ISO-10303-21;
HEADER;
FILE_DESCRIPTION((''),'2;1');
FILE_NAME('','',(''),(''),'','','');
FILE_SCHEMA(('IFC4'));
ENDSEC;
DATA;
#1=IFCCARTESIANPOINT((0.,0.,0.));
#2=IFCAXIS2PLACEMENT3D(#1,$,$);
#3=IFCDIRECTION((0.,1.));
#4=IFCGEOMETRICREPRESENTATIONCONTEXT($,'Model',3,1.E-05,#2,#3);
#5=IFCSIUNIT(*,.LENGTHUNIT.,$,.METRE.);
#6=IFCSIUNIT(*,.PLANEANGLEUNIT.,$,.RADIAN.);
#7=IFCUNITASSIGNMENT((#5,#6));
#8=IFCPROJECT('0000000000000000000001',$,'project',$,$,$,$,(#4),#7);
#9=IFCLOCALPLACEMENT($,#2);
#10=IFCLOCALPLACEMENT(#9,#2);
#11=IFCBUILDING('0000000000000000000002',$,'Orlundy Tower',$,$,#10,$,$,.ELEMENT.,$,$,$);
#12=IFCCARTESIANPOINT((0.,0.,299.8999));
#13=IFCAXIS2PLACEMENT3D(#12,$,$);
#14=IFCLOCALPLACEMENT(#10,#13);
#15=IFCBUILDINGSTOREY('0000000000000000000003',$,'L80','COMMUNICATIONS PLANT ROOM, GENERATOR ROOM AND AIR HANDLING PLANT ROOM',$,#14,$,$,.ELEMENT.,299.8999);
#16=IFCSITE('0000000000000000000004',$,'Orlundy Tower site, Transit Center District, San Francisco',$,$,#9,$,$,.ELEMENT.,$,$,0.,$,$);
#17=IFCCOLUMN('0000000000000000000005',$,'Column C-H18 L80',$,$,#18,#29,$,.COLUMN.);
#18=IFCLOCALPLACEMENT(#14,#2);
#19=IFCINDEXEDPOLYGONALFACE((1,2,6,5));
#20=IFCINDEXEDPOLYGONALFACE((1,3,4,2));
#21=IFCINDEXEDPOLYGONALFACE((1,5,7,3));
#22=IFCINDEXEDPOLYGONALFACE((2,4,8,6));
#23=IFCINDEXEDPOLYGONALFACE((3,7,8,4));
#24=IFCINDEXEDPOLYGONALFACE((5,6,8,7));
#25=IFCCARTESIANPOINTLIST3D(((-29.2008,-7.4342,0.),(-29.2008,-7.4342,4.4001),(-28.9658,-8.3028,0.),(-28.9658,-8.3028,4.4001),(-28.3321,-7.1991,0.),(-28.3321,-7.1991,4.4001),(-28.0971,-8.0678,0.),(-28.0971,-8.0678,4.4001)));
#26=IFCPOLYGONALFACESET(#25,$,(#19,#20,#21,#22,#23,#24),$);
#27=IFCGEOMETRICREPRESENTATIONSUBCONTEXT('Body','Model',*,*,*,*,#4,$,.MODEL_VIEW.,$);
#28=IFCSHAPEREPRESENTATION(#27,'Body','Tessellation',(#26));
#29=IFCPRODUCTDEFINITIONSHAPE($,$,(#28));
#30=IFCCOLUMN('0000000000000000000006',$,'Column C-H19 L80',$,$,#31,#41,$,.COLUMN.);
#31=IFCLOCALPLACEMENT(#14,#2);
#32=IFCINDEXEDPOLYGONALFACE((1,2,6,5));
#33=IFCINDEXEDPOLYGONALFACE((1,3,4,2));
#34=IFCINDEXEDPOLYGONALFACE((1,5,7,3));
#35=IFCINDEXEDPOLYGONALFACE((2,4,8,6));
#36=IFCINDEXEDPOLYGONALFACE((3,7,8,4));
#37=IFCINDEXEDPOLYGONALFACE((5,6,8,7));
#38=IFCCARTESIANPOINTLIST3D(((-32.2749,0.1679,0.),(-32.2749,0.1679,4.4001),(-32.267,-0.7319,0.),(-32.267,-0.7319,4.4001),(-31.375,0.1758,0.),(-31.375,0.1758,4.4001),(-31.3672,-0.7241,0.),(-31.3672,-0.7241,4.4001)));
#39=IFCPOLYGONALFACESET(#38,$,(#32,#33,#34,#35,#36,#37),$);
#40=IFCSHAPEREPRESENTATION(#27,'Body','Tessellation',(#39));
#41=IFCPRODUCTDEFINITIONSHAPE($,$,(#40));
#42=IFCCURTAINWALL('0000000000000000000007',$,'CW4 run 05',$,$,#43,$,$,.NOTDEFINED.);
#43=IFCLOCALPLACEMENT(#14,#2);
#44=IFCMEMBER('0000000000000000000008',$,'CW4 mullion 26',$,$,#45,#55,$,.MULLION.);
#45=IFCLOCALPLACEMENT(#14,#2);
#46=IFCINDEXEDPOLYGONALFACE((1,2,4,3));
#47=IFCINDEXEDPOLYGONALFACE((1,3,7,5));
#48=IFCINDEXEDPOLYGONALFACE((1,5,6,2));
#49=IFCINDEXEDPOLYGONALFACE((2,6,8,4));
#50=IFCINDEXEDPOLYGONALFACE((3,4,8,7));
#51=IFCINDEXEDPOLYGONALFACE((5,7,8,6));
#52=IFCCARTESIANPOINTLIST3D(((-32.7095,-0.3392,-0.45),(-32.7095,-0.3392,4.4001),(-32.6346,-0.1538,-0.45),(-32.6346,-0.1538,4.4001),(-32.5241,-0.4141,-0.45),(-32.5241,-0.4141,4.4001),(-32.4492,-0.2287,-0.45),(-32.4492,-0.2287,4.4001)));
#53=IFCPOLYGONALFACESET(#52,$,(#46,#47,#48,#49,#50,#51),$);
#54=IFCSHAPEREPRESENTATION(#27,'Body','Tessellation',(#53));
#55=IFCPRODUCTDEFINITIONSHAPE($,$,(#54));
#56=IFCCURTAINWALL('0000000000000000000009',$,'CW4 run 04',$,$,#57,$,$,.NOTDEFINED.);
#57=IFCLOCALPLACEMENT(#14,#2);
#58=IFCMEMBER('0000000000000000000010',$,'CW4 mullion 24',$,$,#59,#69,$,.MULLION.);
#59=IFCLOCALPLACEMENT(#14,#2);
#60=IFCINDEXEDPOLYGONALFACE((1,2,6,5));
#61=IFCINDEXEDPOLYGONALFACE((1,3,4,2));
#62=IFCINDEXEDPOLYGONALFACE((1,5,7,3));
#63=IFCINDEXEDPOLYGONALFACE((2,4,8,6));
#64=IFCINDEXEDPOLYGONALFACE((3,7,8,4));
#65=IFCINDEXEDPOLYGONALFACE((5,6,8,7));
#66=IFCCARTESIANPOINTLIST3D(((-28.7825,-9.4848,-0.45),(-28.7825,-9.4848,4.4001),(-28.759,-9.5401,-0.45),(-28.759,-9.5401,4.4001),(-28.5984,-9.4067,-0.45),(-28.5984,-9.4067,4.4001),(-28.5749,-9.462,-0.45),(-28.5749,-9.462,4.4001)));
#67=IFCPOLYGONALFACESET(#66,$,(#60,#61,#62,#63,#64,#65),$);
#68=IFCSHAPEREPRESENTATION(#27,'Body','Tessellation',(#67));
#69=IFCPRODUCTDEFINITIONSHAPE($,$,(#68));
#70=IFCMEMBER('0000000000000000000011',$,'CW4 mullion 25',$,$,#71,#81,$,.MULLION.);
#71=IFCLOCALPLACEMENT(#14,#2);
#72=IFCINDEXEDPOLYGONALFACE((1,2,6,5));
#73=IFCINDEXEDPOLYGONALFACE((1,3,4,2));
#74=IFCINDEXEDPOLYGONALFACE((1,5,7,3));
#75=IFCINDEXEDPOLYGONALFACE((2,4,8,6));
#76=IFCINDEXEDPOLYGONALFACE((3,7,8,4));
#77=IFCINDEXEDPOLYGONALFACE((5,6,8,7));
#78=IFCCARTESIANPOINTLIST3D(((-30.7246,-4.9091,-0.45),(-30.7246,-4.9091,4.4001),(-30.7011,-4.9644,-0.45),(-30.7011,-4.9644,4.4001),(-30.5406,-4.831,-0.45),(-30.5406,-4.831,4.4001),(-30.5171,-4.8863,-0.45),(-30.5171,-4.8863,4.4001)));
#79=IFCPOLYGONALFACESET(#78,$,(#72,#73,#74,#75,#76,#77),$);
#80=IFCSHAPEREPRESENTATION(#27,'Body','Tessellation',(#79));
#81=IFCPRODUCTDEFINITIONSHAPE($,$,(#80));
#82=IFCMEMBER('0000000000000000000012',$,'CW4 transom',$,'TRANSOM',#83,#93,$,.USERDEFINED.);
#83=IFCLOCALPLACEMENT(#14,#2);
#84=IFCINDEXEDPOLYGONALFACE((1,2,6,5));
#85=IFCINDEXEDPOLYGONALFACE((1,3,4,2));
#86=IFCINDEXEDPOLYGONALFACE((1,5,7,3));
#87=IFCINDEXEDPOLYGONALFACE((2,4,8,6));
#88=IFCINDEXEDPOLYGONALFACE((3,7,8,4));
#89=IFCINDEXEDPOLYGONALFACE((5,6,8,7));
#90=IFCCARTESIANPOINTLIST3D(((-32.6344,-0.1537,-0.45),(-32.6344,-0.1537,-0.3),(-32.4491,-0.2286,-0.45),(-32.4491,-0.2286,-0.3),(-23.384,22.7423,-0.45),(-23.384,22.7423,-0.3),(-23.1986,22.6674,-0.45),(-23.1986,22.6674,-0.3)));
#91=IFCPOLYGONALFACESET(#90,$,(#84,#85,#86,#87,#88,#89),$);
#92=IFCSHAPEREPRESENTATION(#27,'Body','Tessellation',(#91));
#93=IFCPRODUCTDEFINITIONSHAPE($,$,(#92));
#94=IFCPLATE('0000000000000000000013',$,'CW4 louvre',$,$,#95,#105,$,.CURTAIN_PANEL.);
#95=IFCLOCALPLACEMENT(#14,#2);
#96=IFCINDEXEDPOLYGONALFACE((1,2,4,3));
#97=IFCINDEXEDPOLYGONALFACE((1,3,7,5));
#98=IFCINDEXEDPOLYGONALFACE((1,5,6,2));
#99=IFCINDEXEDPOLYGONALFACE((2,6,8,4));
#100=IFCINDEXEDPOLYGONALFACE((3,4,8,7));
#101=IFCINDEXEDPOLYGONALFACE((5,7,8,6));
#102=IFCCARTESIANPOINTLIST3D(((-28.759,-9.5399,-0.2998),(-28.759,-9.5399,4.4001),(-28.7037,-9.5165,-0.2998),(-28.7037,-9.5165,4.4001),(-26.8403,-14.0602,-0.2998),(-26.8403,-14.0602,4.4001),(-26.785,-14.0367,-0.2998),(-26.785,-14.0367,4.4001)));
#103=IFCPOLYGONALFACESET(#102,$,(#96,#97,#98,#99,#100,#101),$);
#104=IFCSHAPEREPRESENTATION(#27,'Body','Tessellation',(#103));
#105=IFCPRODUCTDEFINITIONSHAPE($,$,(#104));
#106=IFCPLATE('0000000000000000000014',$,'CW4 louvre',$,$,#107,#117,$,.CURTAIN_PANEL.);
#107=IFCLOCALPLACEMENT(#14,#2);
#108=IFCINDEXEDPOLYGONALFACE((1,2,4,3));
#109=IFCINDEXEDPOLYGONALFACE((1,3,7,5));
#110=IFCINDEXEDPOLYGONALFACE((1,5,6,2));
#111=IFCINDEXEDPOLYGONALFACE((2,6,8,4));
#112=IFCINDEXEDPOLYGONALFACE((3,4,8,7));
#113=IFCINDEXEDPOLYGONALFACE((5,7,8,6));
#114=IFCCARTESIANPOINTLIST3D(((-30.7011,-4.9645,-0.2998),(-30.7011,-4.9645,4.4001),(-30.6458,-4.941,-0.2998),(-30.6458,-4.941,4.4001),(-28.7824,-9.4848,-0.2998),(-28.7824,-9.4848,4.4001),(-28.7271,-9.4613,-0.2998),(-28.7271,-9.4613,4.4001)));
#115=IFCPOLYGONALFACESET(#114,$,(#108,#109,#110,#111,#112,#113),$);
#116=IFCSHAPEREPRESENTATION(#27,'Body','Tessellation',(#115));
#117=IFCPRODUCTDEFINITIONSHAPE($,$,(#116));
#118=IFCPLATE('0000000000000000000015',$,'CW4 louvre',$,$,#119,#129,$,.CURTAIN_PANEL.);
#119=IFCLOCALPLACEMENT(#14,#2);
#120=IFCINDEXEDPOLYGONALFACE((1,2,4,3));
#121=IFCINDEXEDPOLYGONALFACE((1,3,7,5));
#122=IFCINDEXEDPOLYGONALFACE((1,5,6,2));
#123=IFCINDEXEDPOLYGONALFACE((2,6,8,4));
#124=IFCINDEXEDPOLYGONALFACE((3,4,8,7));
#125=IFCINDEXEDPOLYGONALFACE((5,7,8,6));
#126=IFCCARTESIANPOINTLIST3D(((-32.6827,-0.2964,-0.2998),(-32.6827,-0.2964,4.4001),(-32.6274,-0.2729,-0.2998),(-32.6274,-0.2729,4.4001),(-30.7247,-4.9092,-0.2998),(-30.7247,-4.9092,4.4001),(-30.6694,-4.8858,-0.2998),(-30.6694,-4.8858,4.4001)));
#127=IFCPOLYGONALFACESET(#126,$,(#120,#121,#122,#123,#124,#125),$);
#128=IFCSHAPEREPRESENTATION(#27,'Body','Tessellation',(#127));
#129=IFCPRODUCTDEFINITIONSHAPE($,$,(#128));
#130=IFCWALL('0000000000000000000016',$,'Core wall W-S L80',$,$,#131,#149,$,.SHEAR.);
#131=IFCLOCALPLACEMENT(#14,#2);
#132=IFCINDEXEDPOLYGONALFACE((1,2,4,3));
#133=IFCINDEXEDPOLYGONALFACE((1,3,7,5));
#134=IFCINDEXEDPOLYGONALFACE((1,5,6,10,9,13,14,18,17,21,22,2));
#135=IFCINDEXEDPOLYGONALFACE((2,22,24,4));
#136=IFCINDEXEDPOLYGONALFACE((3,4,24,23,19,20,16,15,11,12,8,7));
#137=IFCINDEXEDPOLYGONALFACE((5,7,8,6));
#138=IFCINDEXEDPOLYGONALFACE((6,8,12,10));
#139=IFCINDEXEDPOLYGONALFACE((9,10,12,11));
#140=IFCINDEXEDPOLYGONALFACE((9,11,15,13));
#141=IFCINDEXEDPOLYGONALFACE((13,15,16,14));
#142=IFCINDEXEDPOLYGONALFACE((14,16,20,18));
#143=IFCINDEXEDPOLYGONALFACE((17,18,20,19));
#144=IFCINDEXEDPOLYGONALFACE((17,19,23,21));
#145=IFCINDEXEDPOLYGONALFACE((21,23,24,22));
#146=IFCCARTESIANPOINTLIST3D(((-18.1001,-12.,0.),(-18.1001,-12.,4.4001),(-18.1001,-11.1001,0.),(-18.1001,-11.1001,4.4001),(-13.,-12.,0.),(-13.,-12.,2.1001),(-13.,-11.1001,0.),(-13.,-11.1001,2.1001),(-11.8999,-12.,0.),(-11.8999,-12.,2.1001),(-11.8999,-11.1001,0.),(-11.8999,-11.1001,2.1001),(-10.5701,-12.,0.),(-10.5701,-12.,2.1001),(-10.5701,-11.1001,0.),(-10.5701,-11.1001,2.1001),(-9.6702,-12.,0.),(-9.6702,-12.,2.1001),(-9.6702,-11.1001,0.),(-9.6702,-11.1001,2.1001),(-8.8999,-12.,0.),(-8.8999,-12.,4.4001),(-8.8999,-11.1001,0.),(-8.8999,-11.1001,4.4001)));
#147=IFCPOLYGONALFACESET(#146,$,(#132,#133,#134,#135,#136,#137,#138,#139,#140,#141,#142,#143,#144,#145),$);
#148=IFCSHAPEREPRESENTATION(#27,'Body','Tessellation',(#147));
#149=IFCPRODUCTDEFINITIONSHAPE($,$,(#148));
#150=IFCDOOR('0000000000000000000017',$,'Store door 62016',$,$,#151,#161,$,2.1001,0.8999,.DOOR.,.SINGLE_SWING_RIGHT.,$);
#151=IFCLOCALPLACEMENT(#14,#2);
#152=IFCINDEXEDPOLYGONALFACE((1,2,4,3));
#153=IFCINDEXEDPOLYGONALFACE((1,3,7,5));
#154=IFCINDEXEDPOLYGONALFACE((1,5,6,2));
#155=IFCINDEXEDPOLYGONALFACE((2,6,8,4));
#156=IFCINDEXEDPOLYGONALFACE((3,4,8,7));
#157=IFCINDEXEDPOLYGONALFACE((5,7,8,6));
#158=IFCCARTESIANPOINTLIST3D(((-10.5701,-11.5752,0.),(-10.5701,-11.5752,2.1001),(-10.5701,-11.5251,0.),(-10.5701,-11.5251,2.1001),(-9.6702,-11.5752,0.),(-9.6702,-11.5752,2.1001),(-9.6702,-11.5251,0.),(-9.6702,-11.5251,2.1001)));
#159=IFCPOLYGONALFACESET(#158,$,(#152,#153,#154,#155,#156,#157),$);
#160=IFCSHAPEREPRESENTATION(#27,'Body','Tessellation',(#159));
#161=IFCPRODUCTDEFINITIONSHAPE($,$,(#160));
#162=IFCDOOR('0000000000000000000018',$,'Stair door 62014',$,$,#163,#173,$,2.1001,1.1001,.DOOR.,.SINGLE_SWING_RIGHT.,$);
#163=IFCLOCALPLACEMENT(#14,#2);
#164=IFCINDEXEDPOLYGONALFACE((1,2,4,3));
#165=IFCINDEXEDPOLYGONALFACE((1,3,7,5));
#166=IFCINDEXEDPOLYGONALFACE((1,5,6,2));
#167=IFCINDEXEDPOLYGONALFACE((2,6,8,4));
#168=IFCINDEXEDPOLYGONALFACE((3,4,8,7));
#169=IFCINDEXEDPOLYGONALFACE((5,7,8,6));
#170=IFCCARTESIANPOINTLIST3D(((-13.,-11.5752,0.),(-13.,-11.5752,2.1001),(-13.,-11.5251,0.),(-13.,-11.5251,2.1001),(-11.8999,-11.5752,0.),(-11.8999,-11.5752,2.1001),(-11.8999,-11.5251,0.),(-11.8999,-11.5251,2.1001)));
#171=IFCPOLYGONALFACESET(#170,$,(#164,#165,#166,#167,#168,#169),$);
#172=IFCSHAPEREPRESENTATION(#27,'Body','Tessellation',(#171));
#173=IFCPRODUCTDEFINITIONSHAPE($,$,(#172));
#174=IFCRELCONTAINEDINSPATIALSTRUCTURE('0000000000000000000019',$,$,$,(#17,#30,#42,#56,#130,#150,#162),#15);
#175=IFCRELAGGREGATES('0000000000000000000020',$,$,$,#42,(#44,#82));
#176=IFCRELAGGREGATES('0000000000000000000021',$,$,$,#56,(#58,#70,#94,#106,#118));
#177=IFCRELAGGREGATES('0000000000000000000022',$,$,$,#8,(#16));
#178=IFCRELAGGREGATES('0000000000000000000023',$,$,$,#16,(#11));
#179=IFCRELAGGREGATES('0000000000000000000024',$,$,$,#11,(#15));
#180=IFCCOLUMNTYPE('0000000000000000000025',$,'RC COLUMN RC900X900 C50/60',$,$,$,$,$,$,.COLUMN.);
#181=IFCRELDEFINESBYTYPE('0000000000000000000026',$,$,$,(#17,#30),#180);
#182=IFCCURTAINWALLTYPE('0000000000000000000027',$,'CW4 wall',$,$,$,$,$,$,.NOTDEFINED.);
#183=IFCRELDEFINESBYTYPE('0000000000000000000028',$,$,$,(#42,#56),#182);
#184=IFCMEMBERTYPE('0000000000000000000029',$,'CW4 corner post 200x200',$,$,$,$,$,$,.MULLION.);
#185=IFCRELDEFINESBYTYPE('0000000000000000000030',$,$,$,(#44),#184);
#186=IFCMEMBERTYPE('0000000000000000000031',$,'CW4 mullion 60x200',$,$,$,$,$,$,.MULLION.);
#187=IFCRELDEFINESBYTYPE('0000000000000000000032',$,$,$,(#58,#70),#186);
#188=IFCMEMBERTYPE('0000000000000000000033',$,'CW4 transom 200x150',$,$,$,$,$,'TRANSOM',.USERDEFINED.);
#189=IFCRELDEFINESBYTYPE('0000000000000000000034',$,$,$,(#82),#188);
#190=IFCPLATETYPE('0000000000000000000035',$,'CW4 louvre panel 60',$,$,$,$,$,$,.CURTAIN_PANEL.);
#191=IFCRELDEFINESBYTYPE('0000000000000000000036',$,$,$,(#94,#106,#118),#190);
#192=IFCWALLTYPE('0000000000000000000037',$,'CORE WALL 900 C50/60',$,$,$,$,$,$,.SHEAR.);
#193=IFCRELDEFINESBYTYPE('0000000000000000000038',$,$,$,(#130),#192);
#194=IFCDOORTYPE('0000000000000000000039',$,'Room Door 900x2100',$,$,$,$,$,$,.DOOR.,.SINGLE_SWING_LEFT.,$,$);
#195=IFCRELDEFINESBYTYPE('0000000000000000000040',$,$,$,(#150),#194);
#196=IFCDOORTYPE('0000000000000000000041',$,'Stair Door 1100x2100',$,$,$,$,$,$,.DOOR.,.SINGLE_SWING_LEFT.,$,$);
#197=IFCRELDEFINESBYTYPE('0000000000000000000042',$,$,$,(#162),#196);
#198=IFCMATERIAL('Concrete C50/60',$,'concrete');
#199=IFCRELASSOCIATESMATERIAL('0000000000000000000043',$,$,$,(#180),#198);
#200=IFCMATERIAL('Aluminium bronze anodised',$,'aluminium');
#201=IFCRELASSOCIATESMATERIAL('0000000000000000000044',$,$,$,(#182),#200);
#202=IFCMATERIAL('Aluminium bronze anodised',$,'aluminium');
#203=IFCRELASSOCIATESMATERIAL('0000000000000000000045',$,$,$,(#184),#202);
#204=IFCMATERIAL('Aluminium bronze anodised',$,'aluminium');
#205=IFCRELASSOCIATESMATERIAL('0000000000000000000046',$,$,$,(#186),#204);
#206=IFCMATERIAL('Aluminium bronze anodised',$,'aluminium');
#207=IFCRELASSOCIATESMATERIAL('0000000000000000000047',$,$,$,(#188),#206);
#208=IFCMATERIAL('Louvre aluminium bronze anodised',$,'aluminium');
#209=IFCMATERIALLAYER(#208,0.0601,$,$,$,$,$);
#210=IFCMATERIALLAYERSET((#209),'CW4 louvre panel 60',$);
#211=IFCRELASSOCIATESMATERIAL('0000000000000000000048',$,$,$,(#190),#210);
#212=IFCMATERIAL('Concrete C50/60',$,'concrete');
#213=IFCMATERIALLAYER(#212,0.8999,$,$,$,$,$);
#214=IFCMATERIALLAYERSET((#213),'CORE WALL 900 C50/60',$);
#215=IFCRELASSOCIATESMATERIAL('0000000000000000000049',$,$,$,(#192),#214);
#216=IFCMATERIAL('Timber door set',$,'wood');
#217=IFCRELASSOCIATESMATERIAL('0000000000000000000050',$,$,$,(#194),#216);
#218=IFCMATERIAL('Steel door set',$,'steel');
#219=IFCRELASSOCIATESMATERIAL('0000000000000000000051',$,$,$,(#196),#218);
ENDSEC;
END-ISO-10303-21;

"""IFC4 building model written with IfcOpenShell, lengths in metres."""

from ifc_helpers import new_model, si_unit, direction, frame, frame_2d, origin, origin_2d, place, context, subcontext, project, spatial, rectangle, extrude, material, layer, layer_set, material_profile, profile_set, type_object, element, fill, aggregate, save


model = new_model("IFC4")

# Units and contexts
model_context = context("Model", 3, precision=1e-05, world=origin(), true_north=direction((0.0, 1.0)))
body_context = subcontext(model_context, "Body", "Model", "MODEL_VIEW")
ifc_project = project(units=[si_unit("LENGTHUNIT", "METRE"), si_unit("PLANEANGLEUNIT", "RADIAN")], contexts=[model_context])

# Site, building, storey
site_placement = place(None, origin())
site = spatial("IfcSite", under=ifc_project, at=site_placement, Name="Orlundy Tower site, Transit Center District, San Francisco", CompositionType="ELEMENT", RefElevation=0.0)
building_placement = place(site_placement, origin())
building = spatial("IfcBuilding", under=site, at=building_placement, Name="Orlundy Tower", CompositionType="ELEMENT")
storey_placement = place(building_placement, frame((0.0, 0.0, 299.8999)))
storey = spatial("IfcBuildingStorey", under=building, at=storey_placement, Name="L80", Description="COMMUNICATIONS PLANT ROOM, GENERATOR ROOM AND AIR HANDLING PLANT ROOM", CompositionType="ELEMENT", Elevation=299.8999)

# Columns
ifc_material_1 = material(Name="Concrete C50/60", Category="concrete")
ifc_material_profile_1 = material_profile(ifc_material_1, rectangle(XDim=0.8999, YDim=0.8999, at=origin_2d()), Name="RC900X900")
ifc_profile_set_1 = profile_set([ifc_material_profile_1], Name="Concrete C50/60")
column_type = type_object("IfcColumnType", Name="RC COLUMN RC900X900 C50/60", PredefinedType="COLUMN", material=ifc_profile_set_1)
for number, where, z_axis, x_axis, name in (
    (1, (-28.6489, -7.751, 0.0), (0.0, 0.0, 1.0), (-0.965295, -0.261162, 0.0), "Column C-H18 L80"),
    (2, (-31.821, -0.2781, 0.0), (0.0, 0.0, 1.0), (-0.999962, -0.008744, 0.0), "Column C-H19 L80"),
):
    element("IfcColumn", number, at=place(storey_placement, frame(where, z_axis=z_axis, x_axis=x_axis)), inside=storey, type_object=column_type, Name=name, PredefinedType="COLUMN", context=body_context, shape_type="SweptSolid", body=[
        extrude(rectangle(XDim=0.8999, YDim=0.8999, at=origin_2d()), origin(), (0.0, 0.0, 1.0), 4.4001),
    ])

# Curtain wall, member
ifc_material_2 = material(Name="Aluminium bronze anodised", Category="aluminium")
curtain_wall_type = type_object("IfcCurtainWallType", Name="CW4 wall", PredefinedType="NOTDEFINED", material=ifc_material_2)
curtain_wall_1_placement = place(storey_placement, origin())
curtain_wall_1 = element("IfcCurtainWall", 3, at=curtain_wall_1_placement, inside=storey, type_object=curtain_wall_type, Name="CW4 run 05", PredefinedType="NOTDEFINED")
ifc_material_3 = material(Name="Aluminium bronze anodised", Category="aluminium")
ifc_material_profile_2 = material_profile(ifc_material_3, rectangle(XDim=0.2, YDim=0.2, at=origin_2d()), Name="CW4 corner post 200x200")
ifc_profile_set_2 = profile_set([ifc_material_profile_2], Name="Aluminium bronze anodised")
member_type_1 = type_object("IfcMemberType", Name="CW4 corner post 200x200", PredefinedType="MULLION", material=ifc_profile_set_2)
member_1_placement = place(storey_placement, frame((-32.5793, -0.2839, -0.45), z_axis=(0.0, 0.0, 1.0), x_axis=(-0.927184, 0.374607, 0.0)))
member_1 = element("IfcMember", 4, at=member_1_placement, type_object=member_type_1, Name="CW4 mullion 26", PredefinedType="MULLION", context=body_context, shape_type="SweptSolid", body=[
    extrude(rectangle(XDim=0.2, YDim=0.2, at=origin_2d()), origin(), (0.0, 0.0, 1.0), 4.8501),
])

# Curtain wall, members
curtain_wall_2_placement = place(storey_placement, origin())
curtain_wall_2 = element("IfcCurtainWall", 5, at=curtain_wall_2_placement, inside=storey, type_object=curtain_wall_type, Name="CW4 run 04", PredefinedType="NOTDEFINED")
ifc_material_4 = material(Name="Aluminium bronze anodised", Category="aluminium")
ifc_material_profile_3 = material_profile(ifc_material_4, rectangle(XDim=0.2, YDim=0.0601, at=origin_2d()), Name="CW4 mullion 60x200")
ifc_profile_set_3 = profile_set([ifc_material_profile_3], Name="Aluminium bronze anodised")
member_type_2 = type_object("IfcMemberType", Name="CW4 mullion 60x200", PredefinedType="MULLION", material=ifc_profile_set_3)
member_2_placement = place(storey_placement, frame((-28.6787, -9.4734, -0.45), z_axis=(0.0, 0.0, 1.0), x_axis=(-0.920507, -0.390727, 0.0)))
member_2 = element("IfcMember", 6, at=member_2_placement, type_object=member_type_2, Name="CW4 mullion 24", PredefinedType="MULLION", context=body_context, shape_type="SweptSolid", body=[
    extrude(rectangle(XDim=0.2, YDim=0.0601, at=origin_2d()), origin(), (0.0, 0.0, 1.0), 4.8501),
])
member_3_placement = place(storey_placement, frame((-30.6208, -4.8977, -0.45), z_axis=(0.0, 0.0, 1.0), x_axis=(-0.920507, -0.390727, 0.0)))
member_3 = element("IfcMember", 7, at=member_3_placement, type_object=member_type_2, Name="CW4 mullion 25", PredefinedType="MULLION", context=body_context, shape_type="SweptSolid", body=[
    extrude(rectangle(XDim=0.2, YDim=0.0601, at=origin_2d()), origin(), (0.0, 0.0, 1.0), 4.8501),
])

# Member
ifc_material_5 = material(Name="Aluminium bronze anodised", Category="aluminium")
ifc_material_profile_4 = material_profile(ifc_material_5, rectangle(XDim=0.2, YDim=0.1499, at=origin_2d()), Name="CW4 transom 200x150")
ifc_profile_set_4 = profile_set([ifc_material_profile_4], Name="Aluminium bronze anodised")
member_type_3 = type_object("IfcMemberType", Name="CW4 transom 200x150", ElementType="TRANSOM", PredefinedType="USERDEFINED", material=ifc_profile_set_4)
member_4_placement = place(storey_placement, frame((-32.5417, -0.1912, -0.375), z_axis=(0.374603, 0.927185, 0.0), x_axis=(-0.927185, 0.374603, 0.0)))
member_4 = element("IfcMember", 8, at=member_4_placement, type_object=member_type_3, Name="CW4 transom", ObjectType="TRANSOM", PredefinedType="USERDEFINED", context=body_context, shape_type="SweptSolid", body=[
    extrude(rectangle(XDim=0.2, YDim=0.1499, at=origin_2d()), origin(), (0.0, 0.0, 1.0), 24.6941),
])
aggregate(curtain_wall_1, [member_1, member_4])

# Plates
ifc_material_6 = material(Name="Louvre aluminium bronze anodised", Category="aluminium")
ifc_layer_1 = layer(ifc_material_6, 0.0601)
ifc_layer_set_1 = layer_set([ifc_layer_1], Name="CW4 louvre panel 60")
plate_type = type_object("IfcPlateType", Name="CW4 louvre panel 60", PredefinedType="CURTAIN_PANEL", material=ifc_layer_set_1)
plate_1_placement = place(storey_placement, frame((-27.772, -11.7883, -0.2998), z_axis=(0.0, 0.0, 1.0), x_axis=(-0.390727, 0.920507, 0.0)))
plate_1 = element("IfcPlate", 9, at=plate_1_placement, type_object=plate_type, Name="CW4 louvre", PredefinedType="CURTAIN_PANEL", context=body_context, shape_type="SweptSolid", body=[
    extrude(rectangle(XDim=4.9106, YDim=0.0601, at=origin_2d()), origin(), (0.0, 0.0, 1.0), 4.7),
])
plate_2_placement = place(storey_placement, frame((-29.7141, -7.2129, -0.2998), z_axis=(0.0, 0.0, 1.0), x_axis=(-0.390727, 0.920507, 0.0)))
plate_2 = element("IfcPlate", 10, at=plate_2_placement, type_object=plate_type, Name="CW4 louvre", PredefinedType="CURTAIN_PANEL", context=body_context, shape_type="SweptSolid", body=[
    extrude(rectangle(XDim=4.9106, YDim=0.0601, at=origin_2d()), origin(), (0.0, 0.0, 1.0), 4.7),
])
plate_3_placement = place(storey_placement, frame((-31.676, -2.5911, -0.2998), z_axis=(0.0, 0.0, 1.0), x_axis=(-0.390727, 0.920507, 0.0)))
plate_3 = element("IfcPlate", 11, at=plate_3_placement, type_object=plate_type, Name="CW4 louvre", PredefinedType="CURTAIN_PANEL", context=body_context, shape_type="SweptSolid", body=[
    extrude(rectangle(XDim=5.0112, YDim=0.0601, at=origin_2d()), origin(), (0.0, 0.0, 1.0), 4.7),
])
aggregate(curtain_wall_2, [member_2, member_3, plate_1, plate_2, plate_3])

# Wall, openings, doors
ifc_material_7 = material(Name="Concrete C50/60", Category="concrete")
ifc_layer_2 = layer(ifc_material_7, 0.8999)
ifc_layer_set_2 = layer_set([ifc_layer_2], Name="CORE WALL 900 C50/60")
wall_type_1 = type_object("IfcWallType", Name="CORE WALL 900 C50/60", PredefinedType="SHEAR", material=ifc_layer_set_2)
wall_1_placement = place(storey_placement, frame((-18.1001, -11.55, 0.0), z_axis=(0.0, 0.0, 1.0), x_axis=(1.0, 0.0, 0.0)))
wall_1 = element("IfcWall", 12, at=wall_1_placement, inside=storey, type_object=wall_type_1, Name="Core wall W-S L80", PredefinedType="SHEAR", context=body_context, shape_type="SweptSolid", body=[
    extrude(rectangle(XDim=9.2002, YDim=0.8999, at=frame_2d((4.6001, 0.0))), origin(), (0.0, 0.0, 1.0), 4.4001),
])
opening_1_placement = place(wall_1_placement, frame((5.1001, 0.0, 0.0)))
opening_1 = element("IfcOpeningElement", 13, at=opening_1_placement, cuts=wall_1, PredefinedType="OPENING", context=body_context, shape_type="SweptSolid", body=[
    extrude(rectangle(XDim=1.1001, YDim=2.1001, at=frame_2d((0.55, 1.05))), frame((0.0, 0.46, 0.0), z_axis=(0.0, -1.0, 0.0), x_axis=(1.0, 0.0, 0.0)), (0.0, 0.0, 1.0), 0.9199),
])
opening_2_placement = place(wall_1_placement, frame((7.53, 0.0, 0.0)))
opening_2 = element("IfcOpeningElement", 14, at=opening_2_placement, cuts=wall_1, PredefinedType="OPENING", context=body_context, shape_type="SweptSolid", body=[
    extrude(rectangle(XDim=0.8999, YDim=2.1001, at=frame_2d((0.45, 1.05))), frame((0.0, 0.46, 0.0), z_axis=(0.0, -1.0, 0.0), x_axis=(1.0, 0.0, 0.0)), (0.0, 0.0, 1.0), 0.9199),
])
ifc_material_8 = material(Name="Timber door set", Category="wood")
door_type_1 = type_object("IfcDoorType", Name="Room Door 900x2100", OperationType="SINGLE_SWING_LEFT", PredefinedType="DOOR", material=ifc_material_8)
door_1_placement = place(opening_2_placement, origin())
door_1 = element("IfcDoor", 15, at=door_1_placement, inside=storey, type_object=door_type_1, Name="Store door 62016", OperationType="SINGLE_SWING_RIGHT", OverallHeight=2.1001, OverallWidth=0.8999, PredefinedType="DOOR", context=body_context, shape_type="SweptSolid", body=[
    extrude(rectangle(XDim=0.8999, YDim=2.1001, at=frame_2d((0.45, 1.05))), frame((0.0, 0.0249, 0.0), z_axis=(0.0, -1.0, 0.0), x_axis=(1.0, 0.0, 0.0)), (0.0, 0.0, 1.0), 0.05),
])
fill(opening_2, door_1)
ifc_material_9 = material(Name="Steel door set", Category="steel")
door_type_2 = type_object("IfcDoorType", Name="Stair Door 1100x2100", OperationType="SINGLE_SWING_LEFT", PredefinedType="DOOR", material=ifc_material_9)
door_2_placement = place(opening_1_placement, origin())
door_2 = element("IfcDoor", 16, at=door_2_placement, inside=storey, type_object=door_type_2, Name="Stair door 62014", OperationType="SINGLE_SWING_RIGHT", OverallHeight=2.1001, OverallWidth=1.1001, PredefinedType="DOOR", context=body_context, shape_type="SweptSolid", body=[
    extrude(rectangle(XDim=1.1001, YDim=2.1001, at=frame_2d((0.55, 1.05))), frame((0.0, 0.0249, 0.0), z_axis=(0.0, -1.0, 0.0), x_axis=(1.0, 0.0, 0.0)), (0.0, 0.0, 1.0), 0.05),
])
fill(opening_1, door_2)

save(model, "model.ifc")
